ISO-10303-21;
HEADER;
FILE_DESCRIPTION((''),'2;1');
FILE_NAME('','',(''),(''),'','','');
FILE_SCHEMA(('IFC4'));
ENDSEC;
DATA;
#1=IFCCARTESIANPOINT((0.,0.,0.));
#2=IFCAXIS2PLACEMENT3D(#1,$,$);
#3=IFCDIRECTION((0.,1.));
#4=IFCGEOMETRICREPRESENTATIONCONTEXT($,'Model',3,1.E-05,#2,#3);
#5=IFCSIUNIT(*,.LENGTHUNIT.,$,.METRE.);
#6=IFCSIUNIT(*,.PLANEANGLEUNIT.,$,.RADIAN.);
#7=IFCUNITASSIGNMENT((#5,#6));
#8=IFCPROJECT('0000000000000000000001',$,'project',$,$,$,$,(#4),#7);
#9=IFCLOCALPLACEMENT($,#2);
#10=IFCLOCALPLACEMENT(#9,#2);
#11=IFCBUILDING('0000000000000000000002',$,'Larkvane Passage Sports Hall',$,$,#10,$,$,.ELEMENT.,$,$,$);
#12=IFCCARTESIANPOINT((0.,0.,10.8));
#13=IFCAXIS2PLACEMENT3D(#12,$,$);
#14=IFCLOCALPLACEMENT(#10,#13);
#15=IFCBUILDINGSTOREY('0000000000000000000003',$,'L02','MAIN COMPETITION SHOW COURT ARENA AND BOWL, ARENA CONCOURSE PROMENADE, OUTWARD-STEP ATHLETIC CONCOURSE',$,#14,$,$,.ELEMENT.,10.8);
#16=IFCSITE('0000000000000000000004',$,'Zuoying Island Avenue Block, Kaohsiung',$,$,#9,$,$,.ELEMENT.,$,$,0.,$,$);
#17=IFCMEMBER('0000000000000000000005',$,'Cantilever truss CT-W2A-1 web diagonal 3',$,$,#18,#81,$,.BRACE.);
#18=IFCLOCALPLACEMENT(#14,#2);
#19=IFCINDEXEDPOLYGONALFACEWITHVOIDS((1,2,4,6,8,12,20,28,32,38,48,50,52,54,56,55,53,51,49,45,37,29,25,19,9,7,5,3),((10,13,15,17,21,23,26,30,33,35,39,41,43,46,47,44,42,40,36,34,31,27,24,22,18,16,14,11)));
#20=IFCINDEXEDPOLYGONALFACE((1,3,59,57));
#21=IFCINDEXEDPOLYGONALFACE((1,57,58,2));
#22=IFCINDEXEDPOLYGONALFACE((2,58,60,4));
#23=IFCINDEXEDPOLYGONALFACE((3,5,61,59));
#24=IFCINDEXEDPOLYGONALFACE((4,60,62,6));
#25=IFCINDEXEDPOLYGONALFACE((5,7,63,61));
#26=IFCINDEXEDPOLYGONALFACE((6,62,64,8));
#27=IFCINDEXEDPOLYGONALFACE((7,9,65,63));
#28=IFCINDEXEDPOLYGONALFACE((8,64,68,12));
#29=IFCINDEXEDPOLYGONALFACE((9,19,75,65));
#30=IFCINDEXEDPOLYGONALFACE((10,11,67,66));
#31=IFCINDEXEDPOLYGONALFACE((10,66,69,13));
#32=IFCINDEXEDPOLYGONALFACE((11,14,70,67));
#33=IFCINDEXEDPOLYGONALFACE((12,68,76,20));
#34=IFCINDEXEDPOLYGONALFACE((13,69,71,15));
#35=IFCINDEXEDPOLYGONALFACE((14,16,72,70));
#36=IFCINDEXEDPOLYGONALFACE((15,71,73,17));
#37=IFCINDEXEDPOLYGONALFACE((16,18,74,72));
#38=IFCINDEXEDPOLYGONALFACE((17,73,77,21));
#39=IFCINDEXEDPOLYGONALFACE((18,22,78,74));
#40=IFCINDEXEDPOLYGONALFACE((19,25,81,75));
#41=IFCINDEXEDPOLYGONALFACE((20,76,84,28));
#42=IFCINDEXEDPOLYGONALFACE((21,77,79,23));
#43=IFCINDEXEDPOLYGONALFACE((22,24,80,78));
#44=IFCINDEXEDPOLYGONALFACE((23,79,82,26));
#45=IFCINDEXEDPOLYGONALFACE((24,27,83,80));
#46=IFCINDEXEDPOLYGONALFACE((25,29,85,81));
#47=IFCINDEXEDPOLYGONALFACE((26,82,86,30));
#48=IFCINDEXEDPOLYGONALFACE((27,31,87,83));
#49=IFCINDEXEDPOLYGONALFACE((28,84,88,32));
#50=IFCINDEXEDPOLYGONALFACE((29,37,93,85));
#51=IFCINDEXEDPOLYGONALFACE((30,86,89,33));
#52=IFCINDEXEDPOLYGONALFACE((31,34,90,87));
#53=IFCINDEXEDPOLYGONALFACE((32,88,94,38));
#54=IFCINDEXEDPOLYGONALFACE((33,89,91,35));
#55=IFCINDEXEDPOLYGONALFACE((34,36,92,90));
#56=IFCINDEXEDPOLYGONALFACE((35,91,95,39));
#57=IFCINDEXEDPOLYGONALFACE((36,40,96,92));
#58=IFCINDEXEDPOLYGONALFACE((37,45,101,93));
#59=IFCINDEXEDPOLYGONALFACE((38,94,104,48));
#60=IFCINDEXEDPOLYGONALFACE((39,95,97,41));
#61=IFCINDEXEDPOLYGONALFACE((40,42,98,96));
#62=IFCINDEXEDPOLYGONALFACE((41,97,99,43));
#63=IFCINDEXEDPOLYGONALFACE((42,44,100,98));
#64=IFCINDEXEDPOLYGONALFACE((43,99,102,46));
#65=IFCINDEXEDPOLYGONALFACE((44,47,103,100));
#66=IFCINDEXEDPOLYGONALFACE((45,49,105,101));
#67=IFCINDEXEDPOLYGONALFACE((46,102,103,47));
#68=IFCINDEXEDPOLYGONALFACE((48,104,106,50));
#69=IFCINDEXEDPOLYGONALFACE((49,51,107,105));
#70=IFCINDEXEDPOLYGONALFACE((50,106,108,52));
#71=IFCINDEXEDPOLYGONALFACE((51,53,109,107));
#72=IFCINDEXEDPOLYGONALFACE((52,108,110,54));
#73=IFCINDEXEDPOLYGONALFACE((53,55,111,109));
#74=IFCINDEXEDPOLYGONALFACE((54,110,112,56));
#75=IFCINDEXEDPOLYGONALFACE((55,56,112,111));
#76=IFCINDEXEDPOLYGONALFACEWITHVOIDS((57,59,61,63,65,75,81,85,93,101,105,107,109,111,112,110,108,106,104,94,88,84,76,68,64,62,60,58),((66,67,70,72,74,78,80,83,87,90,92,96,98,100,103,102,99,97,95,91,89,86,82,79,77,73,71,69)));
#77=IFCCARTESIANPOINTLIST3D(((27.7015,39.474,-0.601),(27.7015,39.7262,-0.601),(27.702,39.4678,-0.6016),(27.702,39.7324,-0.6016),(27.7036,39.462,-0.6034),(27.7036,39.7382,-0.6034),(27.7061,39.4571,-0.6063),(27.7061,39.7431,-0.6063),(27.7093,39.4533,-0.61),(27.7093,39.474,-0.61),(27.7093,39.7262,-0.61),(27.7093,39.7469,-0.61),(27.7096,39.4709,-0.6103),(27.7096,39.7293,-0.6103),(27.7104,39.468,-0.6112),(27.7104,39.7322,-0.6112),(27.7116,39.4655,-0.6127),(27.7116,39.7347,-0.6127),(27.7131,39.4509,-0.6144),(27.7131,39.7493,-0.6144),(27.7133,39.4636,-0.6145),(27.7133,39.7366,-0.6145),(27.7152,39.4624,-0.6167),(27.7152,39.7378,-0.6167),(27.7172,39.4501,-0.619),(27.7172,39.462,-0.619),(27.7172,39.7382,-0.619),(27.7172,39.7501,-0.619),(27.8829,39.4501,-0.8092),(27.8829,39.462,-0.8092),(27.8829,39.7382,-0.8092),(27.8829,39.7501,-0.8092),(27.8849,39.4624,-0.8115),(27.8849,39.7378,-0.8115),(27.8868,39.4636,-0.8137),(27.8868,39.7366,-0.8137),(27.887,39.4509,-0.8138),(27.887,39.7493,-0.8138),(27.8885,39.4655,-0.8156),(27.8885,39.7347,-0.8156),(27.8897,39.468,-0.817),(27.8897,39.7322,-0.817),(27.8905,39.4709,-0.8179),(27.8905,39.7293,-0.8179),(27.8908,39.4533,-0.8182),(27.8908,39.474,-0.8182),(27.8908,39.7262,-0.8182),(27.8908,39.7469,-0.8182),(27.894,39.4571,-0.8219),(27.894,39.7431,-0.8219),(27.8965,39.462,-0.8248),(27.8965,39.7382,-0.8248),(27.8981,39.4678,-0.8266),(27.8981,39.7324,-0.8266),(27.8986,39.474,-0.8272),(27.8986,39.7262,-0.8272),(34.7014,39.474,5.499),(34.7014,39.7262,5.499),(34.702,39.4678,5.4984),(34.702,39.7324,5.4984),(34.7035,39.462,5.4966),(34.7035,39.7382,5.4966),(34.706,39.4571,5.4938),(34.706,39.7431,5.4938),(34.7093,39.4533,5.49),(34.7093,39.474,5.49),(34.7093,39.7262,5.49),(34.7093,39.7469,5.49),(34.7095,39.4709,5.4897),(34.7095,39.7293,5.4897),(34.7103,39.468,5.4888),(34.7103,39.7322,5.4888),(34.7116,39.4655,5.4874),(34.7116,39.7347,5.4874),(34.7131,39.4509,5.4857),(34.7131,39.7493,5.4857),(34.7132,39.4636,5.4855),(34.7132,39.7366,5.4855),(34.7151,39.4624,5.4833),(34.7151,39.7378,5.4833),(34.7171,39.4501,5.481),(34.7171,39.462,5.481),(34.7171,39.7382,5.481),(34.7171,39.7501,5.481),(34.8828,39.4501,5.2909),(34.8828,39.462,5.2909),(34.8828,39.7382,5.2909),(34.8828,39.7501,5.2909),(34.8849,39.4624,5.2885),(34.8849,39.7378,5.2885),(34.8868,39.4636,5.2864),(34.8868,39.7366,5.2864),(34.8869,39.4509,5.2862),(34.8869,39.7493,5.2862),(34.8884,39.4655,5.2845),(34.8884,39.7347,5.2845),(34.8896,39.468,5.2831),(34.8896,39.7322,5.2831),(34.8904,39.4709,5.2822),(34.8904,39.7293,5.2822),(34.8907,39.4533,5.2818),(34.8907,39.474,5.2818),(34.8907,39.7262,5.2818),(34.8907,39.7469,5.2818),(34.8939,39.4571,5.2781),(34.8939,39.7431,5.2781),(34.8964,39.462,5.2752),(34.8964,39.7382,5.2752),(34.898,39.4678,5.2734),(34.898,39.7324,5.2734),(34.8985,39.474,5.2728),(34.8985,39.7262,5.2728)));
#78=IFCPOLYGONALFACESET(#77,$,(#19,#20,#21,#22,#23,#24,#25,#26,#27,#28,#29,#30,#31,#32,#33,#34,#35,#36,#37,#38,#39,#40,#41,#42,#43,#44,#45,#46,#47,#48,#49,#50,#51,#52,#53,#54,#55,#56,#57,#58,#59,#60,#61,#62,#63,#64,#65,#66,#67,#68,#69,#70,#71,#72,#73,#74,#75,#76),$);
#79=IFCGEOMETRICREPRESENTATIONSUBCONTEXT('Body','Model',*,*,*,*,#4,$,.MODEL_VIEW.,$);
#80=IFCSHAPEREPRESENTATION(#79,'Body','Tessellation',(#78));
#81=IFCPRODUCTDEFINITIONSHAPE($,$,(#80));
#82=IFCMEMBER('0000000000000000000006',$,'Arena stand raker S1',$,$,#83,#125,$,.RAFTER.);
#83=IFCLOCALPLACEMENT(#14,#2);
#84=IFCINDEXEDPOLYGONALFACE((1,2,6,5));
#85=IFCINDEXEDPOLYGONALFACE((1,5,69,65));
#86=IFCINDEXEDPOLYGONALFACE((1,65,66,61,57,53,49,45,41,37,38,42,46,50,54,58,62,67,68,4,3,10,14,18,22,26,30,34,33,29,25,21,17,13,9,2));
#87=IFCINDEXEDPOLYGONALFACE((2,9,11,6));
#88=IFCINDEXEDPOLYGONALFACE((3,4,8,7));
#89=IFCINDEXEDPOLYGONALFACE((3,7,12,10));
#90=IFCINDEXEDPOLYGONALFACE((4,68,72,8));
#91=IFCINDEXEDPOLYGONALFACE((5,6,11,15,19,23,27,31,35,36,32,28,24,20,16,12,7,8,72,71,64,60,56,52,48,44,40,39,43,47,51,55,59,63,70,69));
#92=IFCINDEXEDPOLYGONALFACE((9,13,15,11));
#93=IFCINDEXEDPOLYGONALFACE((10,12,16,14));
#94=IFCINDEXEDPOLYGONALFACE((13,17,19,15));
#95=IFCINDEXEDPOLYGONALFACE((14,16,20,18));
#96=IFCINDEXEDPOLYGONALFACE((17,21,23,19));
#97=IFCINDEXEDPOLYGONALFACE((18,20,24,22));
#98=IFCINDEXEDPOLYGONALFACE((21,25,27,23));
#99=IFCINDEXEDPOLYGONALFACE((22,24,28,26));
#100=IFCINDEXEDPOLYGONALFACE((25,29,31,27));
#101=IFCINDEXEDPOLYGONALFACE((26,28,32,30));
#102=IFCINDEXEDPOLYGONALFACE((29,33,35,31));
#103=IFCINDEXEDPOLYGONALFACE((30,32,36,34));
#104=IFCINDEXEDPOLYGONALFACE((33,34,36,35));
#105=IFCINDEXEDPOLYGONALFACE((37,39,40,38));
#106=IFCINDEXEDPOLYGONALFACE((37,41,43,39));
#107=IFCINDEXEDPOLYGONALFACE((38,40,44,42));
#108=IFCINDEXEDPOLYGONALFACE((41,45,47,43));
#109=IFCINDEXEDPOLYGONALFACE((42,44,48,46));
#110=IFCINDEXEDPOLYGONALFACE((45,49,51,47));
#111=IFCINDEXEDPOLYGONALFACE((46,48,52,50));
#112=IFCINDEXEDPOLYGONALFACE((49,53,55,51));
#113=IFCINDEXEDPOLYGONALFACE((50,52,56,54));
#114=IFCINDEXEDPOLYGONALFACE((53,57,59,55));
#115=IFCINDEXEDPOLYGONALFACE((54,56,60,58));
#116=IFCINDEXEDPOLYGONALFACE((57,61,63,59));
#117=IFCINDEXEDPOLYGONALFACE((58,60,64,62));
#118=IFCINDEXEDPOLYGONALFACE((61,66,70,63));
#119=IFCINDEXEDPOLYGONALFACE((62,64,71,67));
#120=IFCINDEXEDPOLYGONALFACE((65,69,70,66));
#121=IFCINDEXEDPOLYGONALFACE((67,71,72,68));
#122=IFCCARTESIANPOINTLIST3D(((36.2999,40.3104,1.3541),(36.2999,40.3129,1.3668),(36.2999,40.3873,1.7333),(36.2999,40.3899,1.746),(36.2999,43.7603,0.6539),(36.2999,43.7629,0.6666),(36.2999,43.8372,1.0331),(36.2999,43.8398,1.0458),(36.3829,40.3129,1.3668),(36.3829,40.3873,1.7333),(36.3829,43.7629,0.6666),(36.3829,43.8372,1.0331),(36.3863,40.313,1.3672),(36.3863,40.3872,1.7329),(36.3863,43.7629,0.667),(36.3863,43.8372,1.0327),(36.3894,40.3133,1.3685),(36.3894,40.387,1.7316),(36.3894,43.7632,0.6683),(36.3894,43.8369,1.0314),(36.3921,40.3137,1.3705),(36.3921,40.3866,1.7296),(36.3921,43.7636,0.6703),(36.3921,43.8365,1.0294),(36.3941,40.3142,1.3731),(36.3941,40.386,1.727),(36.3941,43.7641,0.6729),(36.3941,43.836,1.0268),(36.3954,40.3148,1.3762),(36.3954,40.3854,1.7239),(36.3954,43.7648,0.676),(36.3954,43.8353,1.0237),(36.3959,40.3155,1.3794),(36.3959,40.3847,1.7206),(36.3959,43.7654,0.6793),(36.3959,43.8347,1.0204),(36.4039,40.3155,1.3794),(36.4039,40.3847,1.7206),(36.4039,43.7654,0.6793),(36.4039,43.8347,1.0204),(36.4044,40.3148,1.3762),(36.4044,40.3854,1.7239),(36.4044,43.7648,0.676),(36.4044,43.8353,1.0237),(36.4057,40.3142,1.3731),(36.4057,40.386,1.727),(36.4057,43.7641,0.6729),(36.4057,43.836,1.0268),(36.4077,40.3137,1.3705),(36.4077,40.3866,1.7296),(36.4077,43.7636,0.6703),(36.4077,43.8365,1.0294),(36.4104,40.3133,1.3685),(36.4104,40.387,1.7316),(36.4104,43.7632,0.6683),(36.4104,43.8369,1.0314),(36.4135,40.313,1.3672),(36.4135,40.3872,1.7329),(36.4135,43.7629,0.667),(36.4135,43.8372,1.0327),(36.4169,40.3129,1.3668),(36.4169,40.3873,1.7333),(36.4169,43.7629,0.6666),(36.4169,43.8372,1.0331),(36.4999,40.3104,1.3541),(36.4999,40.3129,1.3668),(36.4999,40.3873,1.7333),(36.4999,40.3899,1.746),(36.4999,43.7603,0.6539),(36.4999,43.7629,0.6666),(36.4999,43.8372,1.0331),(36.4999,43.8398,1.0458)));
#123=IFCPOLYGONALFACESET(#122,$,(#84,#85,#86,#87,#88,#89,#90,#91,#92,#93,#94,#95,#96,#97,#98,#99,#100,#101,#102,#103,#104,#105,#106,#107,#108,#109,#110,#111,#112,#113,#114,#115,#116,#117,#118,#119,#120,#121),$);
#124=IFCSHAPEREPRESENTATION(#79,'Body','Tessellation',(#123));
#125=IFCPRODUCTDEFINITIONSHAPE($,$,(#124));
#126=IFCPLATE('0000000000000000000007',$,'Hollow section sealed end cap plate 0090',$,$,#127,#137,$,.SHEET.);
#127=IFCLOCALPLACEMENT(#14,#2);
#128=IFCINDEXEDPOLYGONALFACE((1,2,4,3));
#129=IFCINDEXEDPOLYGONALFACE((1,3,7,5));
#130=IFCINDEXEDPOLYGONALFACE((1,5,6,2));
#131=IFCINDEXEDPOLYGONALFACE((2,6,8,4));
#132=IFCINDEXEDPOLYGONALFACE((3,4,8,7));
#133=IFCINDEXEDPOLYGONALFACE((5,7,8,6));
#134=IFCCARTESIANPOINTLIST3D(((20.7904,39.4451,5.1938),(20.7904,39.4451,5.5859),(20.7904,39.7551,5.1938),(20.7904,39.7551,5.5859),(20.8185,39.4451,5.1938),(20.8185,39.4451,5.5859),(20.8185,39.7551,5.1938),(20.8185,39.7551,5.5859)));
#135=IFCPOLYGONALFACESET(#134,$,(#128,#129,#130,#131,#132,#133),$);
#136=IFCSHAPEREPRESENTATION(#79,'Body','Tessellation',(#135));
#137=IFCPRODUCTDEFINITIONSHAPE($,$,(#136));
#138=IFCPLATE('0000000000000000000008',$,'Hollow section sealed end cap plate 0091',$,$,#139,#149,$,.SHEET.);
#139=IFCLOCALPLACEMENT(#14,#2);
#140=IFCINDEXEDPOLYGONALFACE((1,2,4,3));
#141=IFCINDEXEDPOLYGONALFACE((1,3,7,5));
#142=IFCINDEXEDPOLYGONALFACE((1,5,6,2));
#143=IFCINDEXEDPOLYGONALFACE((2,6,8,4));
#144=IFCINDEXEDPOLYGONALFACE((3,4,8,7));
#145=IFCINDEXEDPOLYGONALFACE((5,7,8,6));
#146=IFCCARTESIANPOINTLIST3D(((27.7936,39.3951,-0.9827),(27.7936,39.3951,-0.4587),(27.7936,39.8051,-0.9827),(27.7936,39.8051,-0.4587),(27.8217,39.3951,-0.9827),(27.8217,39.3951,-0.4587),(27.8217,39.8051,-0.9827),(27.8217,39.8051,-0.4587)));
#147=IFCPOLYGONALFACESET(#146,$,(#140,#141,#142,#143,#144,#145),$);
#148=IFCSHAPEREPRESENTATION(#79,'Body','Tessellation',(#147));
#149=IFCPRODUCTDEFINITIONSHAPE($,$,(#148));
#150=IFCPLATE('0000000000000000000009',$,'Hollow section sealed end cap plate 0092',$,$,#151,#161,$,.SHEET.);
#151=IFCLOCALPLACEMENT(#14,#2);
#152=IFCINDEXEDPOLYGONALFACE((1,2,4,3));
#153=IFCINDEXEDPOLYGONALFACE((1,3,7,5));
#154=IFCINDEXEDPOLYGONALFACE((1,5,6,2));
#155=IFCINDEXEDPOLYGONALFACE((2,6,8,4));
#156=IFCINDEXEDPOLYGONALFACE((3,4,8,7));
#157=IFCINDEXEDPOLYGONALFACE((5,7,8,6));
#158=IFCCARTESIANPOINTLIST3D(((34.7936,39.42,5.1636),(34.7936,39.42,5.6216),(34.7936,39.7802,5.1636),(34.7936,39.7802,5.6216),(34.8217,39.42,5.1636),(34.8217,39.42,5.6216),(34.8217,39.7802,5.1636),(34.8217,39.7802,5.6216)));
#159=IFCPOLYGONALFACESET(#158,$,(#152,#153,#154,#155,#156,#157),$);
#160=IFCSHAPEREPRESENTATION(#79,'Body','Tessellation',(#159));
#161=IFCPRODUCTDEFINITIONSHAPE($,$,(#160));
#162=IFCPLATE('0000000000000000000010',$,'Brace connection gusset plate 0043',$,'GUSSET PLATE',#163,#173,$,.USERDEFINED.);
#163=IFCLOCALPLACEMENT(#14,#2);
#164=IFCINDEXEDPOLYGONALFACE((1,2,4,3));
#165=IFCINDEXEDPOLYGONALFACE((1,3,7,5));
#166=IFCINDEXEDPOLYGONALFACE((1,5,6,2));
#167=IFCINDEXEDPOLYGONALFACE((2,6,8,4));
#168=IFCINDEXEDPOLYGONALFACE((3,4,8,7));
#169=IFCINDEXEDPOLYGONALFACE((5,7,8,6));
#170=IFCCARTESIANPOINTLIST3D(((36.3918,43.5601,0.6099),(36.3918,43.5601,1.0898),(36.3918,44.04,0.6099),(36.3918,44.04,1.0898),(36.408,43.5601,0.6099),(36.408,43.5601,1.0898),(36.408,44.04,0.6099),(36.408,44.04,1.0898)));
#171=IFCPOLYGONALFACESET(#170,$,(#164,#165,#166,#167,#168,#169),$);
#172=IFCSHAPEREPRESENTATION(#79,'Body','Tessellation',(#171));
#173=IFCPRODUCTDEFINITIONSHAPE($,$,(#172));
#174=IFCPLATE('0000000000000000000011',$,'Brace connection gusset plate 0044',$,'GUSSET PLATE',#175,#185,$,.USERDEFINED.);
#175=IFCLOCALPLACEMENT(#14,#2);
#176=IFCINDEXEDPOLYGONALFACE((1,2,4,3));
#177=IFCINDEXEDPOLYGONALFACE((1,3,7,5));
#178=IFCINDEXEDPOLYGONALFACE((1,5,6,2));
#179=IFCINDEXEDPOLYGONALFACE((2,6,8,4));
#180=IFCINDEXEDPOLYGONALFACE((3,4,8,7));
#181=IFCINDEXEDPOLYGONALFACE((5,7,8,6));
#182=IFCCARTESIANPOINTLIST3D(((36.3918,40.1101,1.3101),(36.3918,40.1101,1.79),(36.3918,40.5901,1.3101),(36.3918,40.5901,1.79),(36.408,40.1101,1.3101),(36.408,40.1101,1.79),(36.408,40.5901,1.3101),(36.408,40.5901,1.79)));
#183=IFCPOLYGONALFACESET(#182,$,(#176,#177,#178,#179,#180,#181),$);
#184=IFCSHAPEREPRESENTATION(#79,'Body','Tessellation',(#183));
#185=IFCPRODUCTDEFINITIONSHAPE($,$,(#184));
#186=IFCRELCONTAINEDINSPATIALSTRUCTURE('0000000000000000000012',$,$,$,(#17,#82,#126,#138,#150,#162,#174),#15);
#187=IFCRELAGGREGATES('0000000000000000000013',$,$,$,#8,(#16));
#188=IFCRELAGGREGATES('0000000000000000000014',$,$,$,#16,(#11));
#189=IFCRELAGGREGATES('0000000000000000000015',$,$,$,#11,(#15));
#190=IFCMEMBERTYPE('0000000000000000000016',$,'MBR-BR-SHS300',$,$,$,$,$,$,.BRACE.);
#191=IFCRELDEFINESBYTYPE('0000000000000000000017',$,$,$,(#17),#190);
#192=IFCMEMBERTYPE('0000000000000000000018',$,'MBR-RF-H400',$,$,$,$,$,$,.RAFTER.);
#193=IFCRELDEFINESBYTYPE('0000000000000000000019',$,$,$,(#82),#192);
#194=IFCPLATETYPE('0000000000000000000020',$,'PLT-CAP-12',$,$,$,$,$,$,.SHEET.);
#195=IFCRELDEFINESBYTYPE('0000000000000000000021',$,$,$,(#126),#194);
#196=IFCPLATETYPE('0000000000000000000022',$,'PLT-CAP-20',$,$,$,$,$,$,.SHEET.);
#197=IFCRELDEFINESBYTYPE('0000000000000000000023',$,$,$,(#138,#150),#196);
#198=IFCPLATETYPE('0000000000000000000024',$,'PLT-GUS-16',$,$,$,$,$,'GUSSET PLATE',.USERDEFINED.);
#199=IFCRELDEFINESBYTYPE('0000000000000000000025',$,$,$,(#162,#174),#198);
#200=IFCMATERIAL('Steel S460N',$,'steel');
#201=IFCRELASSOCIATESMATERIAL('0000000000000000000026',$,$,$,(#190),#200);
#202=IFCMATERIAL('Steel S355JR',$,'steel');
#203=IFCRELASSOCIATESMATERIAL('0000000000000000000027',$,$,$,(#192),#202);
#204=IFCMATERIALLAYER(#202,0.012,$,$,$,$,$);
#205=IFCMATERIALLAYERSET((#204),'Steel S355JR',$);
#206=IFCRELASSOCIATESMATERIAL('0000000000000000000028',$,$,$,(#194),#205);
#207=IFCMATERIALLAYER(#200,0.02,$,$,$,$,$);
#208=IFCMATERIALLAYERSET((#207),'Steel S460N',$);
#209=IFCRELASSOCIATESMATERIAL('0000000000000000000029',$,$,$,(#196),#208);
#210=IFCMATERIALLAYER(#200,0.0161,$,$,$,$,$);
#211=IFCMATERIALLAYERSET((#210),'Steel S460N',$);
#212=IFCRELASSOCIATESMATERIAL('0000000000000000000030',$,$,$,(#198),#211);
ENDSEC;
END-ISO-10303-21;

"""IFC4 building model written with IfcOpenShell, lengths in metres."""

from ifc_helpers import new_model, si_unit, direction, frame, origin, origin_2d, place, context, subcontext, project, spatial, rectangle, hollow_rectangle, i_section, extrude, material, layer, layer_set, material_profile, profile_set, type_object, element, save


model = new_model("IFC4")

# Units and contexts
model_context = context("Model", 3, precision=1e-05, world=origin(), true_north=direction((0.0, 1.0)))
body_context = subcontext(model_context, "Body", "Model", "MODEL_VIEW")
ifc_project = project(units=[si_unit("LENGTHUNIT", "METRE"), si_unit("PLANEANGLEUNIT", "RADIAN")], contexts=[model_context])

# Site, building, storey
site_placement = place(None, origin())
site = spatial("IfcSite", under=ifc_project, at=site_placement, Name="Zuoying Island Avenue Block, Kaohsiung", CompositionType="ELEMENT", RefElevation=0.0)
building_placement = place(site_placement, origin())
building = spatial("IfcBuilding", under=site, at=building_placement, Name="Larkvane Passage Sports Hall", CompositionType="ELEMENT")
storey_placement = place(building_placement, frame((0.0, 0.0, 10.8)))
storey = spatial("IfcBuildingStorey", under=building, at=storey_placement, Name="L02", Description="MAIN COMPETITION SHOW COURT ARENA AND BOWL, ARENA CONCOURSE PROMENADE, OUTWARD-STEP ATHLETIC CONCOURSE", CompositionType="ELEMENT", Elevation=10.8)

# Shared definitions
ifc_material_1 = material(Name="Steel S460N", Category="steel")

# Members
ifc_material_profile_1 = material_profile(ifc_material_1, hollow_rectangle(XDim=0.3, YDim=0.3, WallThickness=0.012, InnerFilletRadius=0.012, OuterFilletRadius=0.0239, at=origin_2d()), Name="SHS-300x300x12")
ifc_profile_set_1 = profile_set([ifc_material_profile_1], Name="Steel S460N")
member_type_1 = type_object("IfcMemberType", Name="MBR-BR-SHS300", PredefinedType="BRACE", material=ifc_profile_set_1)
member_1_placement = place(storey_placement, frame((27.8, 39.6001, -0.7141), z_axis=(0.753904, 0.0, 0.656984), x_axis=(0.0, 1.0, 0.0)))
element("IfcMember", 1, at=member_1_placement, inside=storey, type_object=member_type_1, Name="Cantilever truss CT-W2A-1 web diagonal 3", PredefinedType="BRACE", context=body_context, shape_type="SweptSolid", body=[
    extrude(hollow_rectangle(XDim=0.3, YDim=0.3, WallThickness=0.012, InnerFilletRadius=0.012, OuterFilletRadius=0.0239, at=origin_2d()), origin(), (0.0, 0.0, 1.0), 9.2849),
])
ifc_material_2 = material(Name="Steel S355JR", Category="steel")
ifc_material_profile_2 = material_profile(ifc_material_2, i_section(OverallWidth=0.2, OverallDepth=0.3999, WebThickness=0.0081, FlangeThickness=0.0129, FilletRadius=0.0129, at=origin_2d()), Name="H-400x200x8x13")
ifc_profile_set_2 = profile_set([ifc_material_profile_2], Name="Steel S355JR")
member_type_2 = type_object("IfcMemberType", Name="MBR-RF-H400", PredefinedType="RAFTER", material=ifc_profile_set_2)
member_2_placement = place(storey_placement, frame((36.3999, 43.8, 0.8499), z_axis=(0.0, -0.980019, 0.198903), x_axis=(1.0, 0.0, 0.0)))
element("IfcMember", 2, at=member_2_placement, inside=storey, type_object=member_type_2, Name="Arena stand raker S1", PredefinedType="RAFTER", context=body_context, shape_type="SweptSolid", body=[
    extrude(i_section(OverallWidth=0.2, OverallDepth=0.3999, WebThickness=0.0081, FlangeThickness=0.0129, FilletRadius=0.0129, at=origin_2d()), origin(), (0.0, 0.0, 1.0), 3.5203),
])

# Plates
ifc_layer_1 = layer(ifc_material_2, 0.012)
ifc_layer_set_1 = layer_set([ifc_layer_1], Name="Steel S355JR")
plate_type_1 = type_object("IfcPlateType", Name="PLT-CAP-12", PredefinedType="SHEET", material=ifc_layer_set_1)
plate_1_placement = place(storey_placement, frame((20.8044, 39.6001, 5.1938), z_axis=(0.0, 0.0, 1.0), x_axis=(0.0, 1.0, 0.0)))
element("IfcPlate", 3, at=plate_1_placement, inside=storey, type_object=plate_type_1, Name="Hollow section sealed end cap plate 0090", PredefinedType="SHEET", context=body_context, shape_type="SweptSolid", body=[
    extrude(rectangle(XDim=0.3101, YDim=0.0281, at=origin_2d()), origin(), (0.0, 0.0, 1.0), 0.3921),
])
ifc_layer_2 = layer(ifc_material_1, 0.02)
ifc_layer_set_2 = layer_set([ifc_layer_2], Name="Steel S460N")
plate_type_2 = type_object("IfcPlateType", Name="PLT-CAP-20", PredefinedType="SHEET", material=ifc_layer_set_2)
plate_2_placement = place(storey_placement, frame((27.8076, 39.6001, -0.9827), z_axis=(0.0, 0.0, 1.0), x_axis=(0.0, 1.0, 0.0)))
element("IfcPlate", 4, at=plate_2_placement, inside=storey, type_object=plate_type_2, Name="Hollow section sealed end cap plate 0091", PredefinedType="SHEET", context=body_context, shape_type="SweptSolid", body=[
    extrude(rectangle(XDim=0.4099, YDim=0.0281, at=origin_2d()), origin(), (0.0, 0.0, 1.0), 0.5239),
])
plate_3_placement = place(storey_placement, frame((34.8076, 39.6001, 5.1636), z_axis=(0.0, 0.0, 1.0), x_axis=(0.0, 1.0, 0.0)))
element("IfcPlate", 5, at=plate_3_placement, inside=storey, type_object=plate_type_2, Name="Hollow section sealed end cap plate 0092", PredefinedType="SHEET", context=body_context, shape_type="SweptSolid", body=[
    extrude(rectangle(XDim=0.3601, YDim=0.0281, at=origin_2d()), origin(), (0.0, 0.0, 1.0), 0.458),
])
ifc_layer_3 = layer(ifc_material_1, 0.0161)
ifc_layer_set_3 = layer_set([ifc_layer_3], Name="Steel S460N")
plate_type_3 = type_object("IfcPlateType", Name="PLT-GUS-16", ElementType="GUSSET PLATE", PredefinedType="USERDEFINED", material=ifc_layer_set_3)
for number, where, z_axis, x_axis, name in (
    (6, (36.3999, 43.8, 0.6099), (0.0, 0.0, 1.0), (0.0, -1.0, 0.0), "Brace connection gusset plate 0043"),
    (7, (36.3999, 40.3501, 1.3101), (0.0, 0.0, 1.0), (0.0, -1.0, 0.0), "Brace connection gusset plate 0044"),
):
    element("IfcPlate", number, at=place(storey_placement, frame(where, z_axis=z_axis, x_axis=x_axis)), inside=storey, type_object=plate_type_3, Name=name, ObjectType="GUSSET PLATE", PredefinedType="USERDEFINED", context=body_context, shape_type="SweptSolid", body=[
        extrude(rectangle(XDim=0.48, YDim=0.0161, at=origin_2d()), origin(), (0.0, 0.0, 1.0), 0.48),
    ])

save(model, "model.ifc")
